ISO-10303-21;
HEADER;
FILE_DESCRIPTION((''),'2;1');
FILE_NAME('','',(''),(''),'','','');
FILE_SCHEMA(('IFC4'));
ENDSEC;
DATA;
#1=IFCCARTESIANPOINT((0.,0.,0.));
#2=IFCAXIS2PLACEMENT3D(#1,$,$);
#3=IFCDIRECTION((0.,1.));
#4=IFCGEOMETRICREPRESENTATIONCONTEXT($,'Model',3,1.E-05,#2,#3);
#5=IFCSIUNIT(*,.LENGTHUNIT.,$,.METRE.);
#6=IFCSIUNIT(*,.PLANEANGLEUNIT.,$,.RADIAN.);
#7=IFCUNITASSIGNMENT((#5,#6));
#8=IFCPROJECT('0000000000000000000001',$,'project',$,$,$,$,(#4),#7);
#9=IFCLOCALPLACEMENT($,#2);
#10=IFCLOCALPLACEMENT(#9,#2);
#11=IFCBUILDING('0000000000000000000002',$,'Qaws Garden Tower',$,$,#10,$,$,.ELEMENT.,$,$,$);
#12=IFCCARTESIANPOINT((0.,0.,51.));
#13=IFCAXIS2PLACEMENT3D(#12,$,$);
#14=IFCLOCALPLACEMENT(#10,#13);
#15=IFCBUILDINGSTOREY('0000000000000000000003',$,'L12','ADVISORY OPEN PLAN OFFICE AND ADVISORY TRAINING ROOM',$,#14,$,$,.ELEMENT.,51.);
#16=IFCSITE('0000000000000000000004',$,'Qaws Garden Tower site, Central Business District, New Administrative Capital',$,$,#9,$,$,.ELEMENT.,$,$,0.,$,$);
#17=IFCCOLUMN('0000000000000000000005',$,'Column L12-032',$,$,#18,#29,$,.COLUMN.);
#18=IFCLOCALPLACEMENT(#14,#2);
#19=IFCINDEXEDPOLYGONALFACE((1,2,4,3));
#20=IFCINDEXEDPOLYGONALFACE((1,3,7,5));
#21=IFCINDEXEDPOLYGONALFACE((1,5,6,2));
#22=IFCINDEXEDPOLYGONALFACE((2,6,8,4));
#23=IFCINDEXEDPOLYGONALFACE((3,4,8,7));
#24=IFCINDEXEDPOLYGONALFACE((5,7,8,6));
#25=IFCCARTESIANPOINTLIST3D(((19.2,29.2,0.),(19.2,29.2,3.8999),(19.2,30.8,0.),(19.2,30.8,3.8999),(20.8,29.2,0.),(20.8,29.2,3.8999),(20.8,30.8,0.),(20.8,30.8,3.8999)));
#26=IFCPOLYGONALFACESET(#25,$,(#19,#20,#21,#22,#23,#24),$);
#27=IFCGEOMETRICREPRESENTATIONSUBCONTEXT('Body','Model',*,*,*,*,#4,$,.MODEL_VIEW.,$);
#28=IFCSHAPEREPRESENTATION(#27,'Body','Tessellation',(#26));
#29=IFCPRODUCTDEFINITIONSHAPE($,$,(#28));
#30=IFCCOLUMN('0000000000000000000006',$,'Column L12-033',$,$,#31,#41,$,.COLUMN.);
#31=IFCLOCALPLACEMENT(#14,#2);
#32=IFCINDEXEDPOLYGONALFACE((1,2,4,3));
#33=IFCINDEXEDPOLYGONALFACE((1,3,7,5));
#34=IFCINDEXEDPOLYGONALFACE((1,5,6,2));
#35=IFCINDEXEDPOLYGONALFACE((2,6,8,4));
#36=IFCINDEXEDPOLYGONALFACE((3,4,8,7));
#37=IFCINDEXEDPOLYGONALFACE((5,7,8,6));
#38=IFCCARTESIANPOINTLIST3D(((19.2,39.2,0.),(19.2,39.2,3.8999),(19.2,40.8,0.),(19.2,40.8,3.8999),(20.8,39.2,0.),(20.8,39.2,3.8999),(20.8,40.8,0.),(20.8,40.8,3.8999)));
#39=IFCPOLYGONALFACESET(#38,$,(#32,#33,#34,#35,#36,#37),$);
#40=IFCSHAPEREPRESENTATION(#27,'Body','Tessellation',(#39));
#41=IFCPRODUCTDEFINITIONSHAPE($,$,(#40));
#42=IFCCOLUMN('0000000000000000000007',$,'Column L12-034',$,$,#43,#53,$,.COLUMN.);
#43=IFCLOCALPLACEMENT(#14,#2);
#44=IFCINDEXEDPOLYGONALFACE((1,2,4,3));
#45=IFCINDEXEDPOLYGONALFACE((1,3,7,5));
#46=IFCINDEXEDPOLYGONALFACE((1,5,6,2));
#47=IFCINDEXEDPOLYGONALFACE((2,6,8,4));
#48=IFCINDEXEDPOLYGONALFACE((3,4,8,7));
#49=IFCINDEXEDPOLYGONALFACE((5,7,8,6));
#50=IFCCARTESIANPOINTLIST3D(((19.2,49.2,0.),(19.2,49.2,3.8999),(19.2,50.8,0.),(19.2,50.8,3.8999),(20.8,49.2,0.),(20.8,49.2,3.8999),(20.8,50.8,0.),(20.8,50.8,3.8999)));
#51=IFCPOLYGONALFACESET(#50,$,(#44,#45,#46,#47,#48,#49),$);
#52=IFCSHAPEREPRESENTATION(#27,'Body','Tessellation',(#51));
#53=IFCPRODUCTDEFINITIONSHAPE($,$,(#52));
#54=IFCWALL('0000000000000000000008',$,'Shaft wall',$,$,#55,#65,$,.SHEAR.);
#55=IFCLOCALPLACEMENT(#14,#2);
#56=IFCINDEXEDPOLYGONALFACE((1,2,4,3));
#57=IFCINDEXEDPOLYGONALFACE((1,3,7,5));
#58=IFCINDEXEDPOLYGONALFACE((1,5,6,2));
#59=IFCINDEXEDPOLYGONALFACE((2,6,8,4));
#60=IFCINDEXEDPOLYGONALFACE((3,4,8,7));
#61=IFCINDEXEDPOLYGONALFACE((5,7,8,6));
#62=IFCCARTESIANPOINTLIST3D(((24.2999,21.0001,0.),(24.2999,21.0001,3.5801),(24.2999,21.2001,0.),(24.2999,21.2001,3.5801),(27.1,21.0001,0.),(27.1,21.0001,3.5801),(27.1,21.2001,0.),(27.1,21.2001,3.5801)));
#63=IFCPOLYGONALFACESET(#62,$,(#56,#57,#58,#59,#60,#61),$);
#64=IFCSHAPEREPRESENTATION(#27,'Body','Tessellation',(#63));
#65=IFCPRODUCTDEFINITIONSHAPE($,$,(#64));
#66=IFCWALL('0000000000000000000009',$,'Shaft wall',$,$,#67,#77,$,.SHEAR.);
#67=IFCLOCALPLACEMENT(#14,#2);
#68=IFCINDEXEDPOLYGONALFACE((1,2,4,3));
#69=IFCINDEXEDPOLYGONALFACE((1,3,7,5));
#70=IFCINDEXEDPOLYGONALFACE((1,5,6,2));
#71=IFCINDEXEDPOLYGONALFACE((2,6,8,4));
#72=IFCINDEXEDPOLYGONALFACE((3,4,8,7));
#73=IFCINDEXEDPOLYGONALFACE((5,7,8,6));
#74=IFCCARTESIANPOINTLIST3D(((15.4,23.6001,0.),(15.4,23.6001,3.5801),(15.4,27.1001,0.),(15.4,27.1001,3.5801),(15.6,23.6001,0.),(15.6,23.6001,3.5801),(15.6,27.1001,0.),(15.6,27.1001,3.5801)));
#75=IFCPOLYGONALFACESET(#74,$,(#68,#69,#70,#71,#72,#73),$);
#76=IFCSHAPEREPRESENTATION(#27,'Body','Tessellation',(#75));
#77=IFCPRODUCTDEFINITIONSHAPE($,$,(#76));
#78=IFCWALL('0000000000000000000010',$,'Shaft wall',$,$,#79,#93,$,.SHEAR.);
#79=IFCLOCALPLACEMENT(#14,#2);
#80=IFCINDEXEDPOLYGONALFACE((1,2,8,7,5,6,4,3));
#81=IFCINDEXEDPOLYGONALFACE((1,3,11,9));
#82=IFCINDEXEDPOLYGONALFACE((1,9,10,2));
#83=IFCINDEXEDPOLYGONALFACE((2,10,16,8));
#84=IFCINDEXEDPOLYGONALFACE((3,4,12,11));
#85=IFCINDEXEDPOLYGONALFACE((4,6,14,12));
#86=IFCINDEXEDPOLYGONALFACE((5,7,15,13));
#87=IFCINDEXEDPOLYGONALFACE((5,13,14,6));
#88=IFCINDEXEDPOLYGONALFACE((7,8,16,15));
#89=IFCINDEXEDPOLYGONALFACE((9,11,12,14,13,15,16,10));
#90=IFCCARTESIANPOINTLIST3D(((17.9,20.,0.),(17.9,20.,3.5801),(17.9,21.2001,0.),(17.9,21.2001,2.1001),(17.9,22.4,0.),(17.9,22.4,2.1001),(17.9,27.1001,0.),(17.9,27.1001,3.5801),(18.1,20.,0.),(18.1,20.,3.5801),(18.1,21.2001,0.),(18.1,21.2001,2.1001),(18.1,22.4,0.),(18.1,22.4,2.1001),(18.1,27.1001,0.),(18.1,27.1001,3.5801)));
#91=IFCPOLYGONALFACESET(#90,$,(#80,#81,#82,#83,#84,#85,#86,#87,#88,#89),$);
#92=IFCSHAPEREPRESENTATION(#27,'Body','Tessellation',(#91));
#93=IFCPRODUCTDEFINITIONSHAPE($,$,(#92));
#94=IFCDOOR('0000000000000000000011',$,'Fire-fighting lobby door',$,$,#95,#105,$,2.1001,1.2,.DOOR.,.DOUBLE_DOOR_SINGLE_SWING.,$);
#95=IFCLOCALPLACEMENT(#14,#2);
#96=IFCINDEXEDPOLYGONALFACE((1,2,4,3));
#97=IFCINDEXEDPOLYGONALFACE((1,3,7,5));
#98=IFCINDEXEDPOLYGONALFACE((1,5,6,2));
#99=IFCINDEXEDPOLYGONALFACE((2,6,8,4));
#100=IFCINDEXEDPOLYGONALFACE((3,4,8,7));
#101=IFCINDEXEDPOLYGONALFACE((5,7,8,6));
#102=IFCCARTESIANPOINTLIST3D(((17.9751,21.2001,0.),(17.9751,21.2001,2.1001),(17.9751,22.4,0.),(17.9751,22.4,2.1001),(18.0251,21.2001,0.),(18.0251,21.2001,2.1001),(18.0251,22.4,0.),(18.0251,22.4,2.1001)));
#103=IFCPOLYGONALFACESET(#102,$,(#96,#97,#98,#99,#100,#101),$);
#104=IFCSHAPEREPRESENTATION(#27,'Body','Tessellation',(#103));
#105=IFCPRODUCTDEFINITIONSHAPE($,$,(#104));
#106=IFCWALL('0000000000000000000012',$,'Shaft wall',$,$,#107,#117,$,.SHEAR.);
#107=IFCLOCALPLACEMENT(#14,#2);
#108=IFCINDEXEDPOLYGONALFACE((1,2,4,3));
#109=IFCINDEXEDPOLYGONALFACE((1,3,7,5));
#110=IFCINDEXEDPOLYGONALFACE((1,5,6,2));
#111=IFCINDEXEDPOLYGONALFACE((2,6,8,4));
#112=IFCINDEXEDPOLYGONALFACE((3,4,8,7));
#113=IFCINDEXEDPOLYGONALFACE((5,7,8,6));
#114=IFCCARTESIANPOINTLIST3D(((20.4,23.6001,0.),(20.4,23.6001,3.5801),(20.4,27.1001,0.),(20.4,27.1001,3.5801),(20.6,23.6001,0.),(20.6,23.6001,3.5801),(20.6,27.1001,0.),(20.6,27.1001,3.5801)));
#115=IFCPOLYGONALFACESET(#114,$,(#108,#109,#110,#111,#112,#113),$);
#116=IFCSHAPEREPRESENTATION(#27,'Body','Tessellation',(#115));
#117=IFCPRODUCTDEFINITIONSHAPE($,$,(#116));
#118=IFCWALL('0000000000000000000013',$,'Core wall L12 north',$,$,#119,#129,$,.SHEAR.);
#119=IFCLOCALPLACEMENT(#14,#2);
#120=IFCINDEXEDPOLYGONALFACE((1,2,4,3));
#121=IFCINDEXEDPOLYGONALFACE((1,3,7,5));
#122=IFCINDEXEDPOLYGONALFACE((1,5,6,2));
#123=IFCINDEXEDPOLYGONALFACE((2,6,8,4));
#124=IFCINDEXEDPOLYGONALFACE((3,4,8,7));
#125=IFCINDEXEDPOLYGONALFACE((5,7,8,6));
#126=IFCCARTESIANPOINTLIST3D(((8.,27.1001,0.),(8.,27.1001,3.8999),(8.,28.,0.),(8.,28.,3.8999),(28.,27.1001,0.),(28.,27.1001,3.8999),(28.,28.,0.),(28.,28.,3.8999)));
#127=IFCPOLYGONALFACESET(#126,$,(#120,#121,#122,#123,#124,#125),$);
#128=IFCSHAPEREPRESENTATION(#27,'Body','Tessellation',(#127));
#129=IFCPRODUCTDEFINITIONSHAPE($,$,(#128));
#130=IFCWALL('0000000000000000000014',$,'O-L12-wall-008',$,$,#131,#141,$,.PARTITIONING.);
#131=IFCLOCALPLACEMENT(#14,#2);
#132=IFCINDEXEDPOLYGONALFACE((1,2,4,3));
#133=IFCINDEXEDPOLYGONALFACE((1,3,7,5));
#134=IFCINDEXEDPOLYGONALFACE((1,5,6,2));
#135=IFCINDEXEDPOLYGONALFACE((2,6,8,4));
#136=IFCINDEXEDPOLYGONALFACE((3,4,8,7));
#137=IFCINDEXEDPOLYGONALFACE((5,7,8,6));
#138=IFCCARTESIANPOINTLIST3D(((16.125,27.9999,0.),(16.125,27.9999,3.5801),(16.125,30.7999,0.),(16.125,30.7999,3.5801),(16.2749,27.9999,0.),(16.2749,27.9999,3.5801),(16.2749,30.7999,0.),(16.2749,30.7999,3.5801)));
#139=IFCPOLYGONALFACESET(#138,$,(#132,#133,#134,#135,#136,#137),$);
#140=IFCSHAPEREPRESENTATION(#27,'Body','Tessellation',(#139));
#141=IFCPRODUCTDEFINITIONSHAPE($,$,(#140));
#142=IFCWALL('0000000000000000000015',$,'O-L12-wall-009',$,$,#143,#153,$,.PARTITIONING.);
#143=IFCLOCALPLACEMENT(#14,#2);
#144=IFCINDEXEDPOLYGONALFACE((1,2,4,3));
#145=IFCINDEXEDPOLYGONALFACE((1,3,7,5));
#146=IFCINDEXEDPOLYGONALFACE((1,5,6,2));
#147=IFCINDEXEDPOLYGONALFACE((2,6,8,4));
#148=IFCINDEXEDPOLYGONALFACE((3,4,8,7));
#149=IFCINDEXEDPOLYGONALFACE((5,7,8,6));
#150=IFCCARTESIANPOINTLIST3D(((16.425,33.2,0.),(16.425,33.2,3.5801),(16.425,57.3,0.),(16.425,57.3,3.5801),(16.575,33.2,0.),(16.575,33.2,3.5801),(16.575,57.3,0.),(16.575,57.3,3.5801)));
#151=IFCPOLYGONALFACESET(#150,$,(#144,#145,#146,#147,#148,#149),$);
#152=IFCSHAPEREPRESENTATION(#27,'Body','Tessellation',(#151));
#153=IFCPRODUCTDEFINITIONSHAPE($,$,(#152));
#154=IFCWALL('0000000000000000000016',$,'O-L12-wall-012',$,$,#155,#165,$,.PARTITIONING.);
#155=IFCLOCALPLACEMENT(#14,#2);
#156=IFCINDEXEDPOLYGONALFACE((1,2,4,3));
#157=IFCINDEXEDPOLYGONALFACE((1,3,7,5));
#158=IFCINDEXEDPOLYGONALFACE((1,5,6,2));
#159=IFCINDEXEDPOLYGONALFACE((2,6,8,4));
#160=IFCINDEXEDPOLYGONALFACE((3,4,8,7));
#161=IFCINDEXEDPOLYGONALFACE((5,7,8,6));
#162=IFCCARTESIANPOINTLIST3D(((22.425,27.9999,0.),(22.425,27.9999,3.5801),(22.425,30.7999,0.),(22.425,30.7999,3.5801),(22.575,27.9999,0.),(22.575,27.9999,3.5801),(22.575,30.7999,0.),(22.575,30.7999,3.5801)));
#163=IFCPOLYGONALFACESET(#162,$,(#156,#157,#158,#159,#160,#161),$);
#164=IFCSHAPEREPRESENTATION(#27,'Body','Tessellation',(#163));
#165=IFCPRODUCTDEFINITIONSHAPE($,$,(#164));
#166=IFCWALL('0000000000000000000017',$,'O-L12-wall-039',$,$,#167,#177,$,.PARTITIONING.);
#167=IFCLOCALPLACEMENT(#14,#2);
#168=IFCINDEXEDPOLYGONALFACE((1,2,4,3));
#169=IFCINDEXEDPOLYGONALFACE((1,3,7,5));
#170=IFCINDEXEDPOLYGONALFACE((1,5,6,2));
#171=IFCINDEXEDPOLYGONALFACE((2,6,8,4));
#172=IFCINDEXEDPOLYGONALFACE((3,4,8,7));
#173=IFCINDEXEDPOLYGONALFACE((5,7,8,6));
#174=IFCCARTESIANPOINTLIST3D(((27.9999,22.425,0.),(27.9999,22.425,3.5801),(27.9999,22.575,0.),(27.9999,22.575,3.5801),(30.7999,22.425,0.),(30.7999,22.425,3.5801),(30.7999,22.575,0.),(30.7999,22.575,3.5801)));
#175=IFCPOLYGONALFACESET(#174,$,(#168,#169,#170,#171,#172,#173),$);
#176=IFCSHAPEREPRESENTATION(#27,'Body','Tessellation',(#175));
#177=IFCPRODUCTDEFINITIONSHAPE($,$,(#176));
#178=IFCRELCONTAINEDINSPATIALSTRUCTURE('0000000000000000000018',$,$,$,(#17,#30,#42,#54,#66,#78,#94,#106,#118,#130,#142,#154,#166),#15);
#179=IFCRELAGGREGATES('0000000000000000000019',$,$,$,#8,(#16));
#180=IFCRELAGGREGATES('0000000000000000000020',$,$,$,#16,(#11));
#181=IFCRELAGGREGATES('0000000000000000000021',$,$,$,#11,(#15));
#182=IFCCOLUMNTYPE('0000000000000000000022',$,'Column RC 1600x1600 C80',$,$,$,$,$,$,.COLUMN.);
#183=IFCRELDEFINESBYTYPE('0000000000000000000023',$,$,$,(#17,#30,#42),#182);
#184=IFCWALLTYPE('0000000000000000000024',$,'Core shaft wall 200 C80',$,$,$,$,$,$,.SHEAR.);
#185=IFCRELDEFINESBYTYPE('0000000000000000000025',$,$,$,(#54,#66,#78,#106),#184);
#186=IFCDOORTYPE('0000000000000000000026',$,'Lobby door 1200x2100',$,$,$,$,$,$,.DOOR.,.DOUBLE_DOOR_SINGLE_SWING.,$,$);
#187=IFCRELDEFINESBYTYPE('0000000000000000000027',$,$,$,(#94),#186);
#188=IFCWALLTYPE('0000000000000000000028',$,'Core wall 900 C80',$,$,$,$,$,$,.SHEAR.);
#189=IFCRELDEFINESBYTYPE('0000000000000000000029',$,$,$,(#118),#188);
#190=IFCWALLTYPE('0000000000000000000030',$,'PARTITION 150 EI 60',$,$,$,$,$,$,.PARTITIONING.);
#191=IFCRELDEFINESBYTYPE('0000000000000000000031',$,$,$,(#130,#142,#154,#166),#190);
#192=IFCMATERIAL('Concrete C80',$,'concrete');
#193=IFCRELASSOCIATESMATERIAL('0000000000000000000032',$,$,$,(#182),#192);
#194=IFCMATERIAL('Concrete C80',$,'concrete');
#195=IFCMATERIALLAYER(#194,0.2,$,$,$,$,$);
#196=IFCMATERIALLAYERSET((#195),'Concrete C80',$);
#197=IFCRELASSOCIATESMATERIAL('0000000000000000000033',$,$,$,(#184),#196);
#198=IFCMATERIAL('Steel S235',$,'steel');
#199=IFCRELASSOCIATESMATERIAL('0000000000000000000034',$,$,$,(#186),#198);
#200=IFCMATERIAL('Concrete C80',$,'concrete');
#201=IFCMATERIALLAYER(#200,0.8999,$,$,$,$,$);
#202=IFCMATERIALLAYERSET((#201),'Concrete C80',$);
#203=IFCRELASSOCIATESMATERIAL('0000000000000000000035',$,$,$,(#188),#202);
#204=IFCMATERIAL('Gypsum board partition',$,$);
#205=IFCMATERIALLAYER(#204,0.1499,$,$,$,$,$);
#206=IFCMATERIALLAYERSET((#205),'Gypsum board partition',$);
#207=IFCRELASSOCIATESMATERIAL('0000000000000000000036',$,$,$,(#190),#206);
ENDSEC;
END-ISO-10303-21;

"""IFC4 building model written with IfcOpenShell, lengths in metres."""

from ifc_helpers import new_model, si_unit, direction, frame, frame_2d, origin, origin_2d, place, context, subcontext, project, spatial, rectangle, extrude, material, layer, layer_set, material_profile, profile_set, type_object, element, fill, save


model = new_model("IFC4")

# Units and contexts
model_context = context("Model", 3, precision=1e-05, world=origin(), true_north=direction((0.0, 1.0)))
body_context = subcontext(model_context, "Body", "Model", "MODEL_VIEW")
ifc_project = project(units=[si_unit("LENGTHUNIT", "METRE"), si_unit("PLANEANGLEUNIT", "RADIAN")], contexts=[model_context])

# Site, building, storey
site_placement = place(None, origin())
site = spatial("IfcSite", under=ifc_project, at=site_placement, Name="Qaws Garden Tower site, Central Business District, New Administrative Capital", CompositionType="ELEMENT", RefElevation=0.0)
building_placement = place(site_placement, origin())
building = spatial("IfcBuilding", under=site, at=building_placement, Name="Qaws Garden Tower", CompositionType="ELEMENT")
storey_placement = place(building_placement, frame((0.0, 0.0, 51.0)))
storey = spatial("IfcBuildingStorey", under=building, at=storey_placement, Name="L12", Description="ADVISORY OPEN PLAN OFFICE AND ADVISORY TRAINING ROOM", CompositionType="ELEMENT", Elevation=51.0)

# Columns
ifc_material_1 = material(Name="Concrete C80", Category="concrete")
ifc_material_profile = material_profile(ifc_material_1, rectangle(XDim=1.6001, YDim=1.6001, at=origin_2d()), Name="RC 1600x1600")
ifc_profile_set = profile_set([ifc_material_profile], Name="Concrete C80")
column_type = type_object("IfcColumnType", Name="Column RC 1600x1600 C80", PredefinedType="COLUMN", material=ifc_profile_set)
for number, where, z_axis, x_axis, name in (
    (1, (20.0, 30.0, 0.0), (0.0, 0.0, 1.0), (1.0, 0.0, 0.0), "Column L12-032"),
    (2, (20.0, 40.0, 0.0), (0.0, 0.0, 1.0), (1.0, 0.0, 0.0), "Column L12-033"),
    (3, (20.0, 50.0, 0.0), (0.0, 0.0, 1.0), (1.0, 0.0, 0.0), "Column L12-034"),
):
    element("IfcColumn", number, at=place(storey_placement, frame(where, z_axis=z_axis, x_axis=x_axis)), inside=storey, type_object=column_type, Name=name, PredefinedType="COLUMN", context=body_context, shape_type="SweptSolid", body=[
        extrude(rectangle(XDim=1.6001, YDim=1.6001, at=origin_2d()), origin(), (0.0, 0.0, 1.0), 3.8999),
    ])

# Walls
ifc_material_2 = material(Name="Concrete C80", Category="concrete")
ifc_layer_1 = layer(ifc_material_2, 0.2)
ifc_layer_set_1 = layer_set([ifc_layer_1], Name="Concrete C80")
wall_type_1 = type_object("IfcWallType", Name="Core shaft wall 200 C80", PredefinedType="SHEAR", material=ifc_layer_set_1)
wall_1_placement = place(storey_placement, frame((24.3, 21.1001, 0.0), z_axis=(0.0, 0.0, 1.0), x_axis=(1.0, 0.0, 0.0)))
element("IfcWall", 4, at=wall_1_placement, inside=storey, type_object=wall_type_1, Name="Shaft wall", PredefinedType="SHEAR", context=body_context, shape_type="SweptSolid", body=[
    extrude(rectangle(XDim=2.8, YDim=0.2, at=frame_2d((1.3999, 0.0))), origin(), (0.0, 0.0, 1.0), 3.5801),
])
wall_2_placement = place(storey_placement, frame((15.5, 23.6001, 0.0), z_axis=(0.0, 0.0, 1.0), x_axis=(0.0, 1.0, 0.0)))
element("IfcWall", 5, at=wall_2_placement, inside=storey, type_object=wall_type_1, Name="Shaft wall", PredefinedType="SHEAR", context=body_context, shape_type="SweptSolid", body=[
    extrude(rectangle(XDim=3.5, YDim=0.2, at=frame_2d((1.75, 0.0))), origin(), (0.0, 0.0, 1.0), 3.5801),
])

# Wall, opening, door
wall_3_placement = place(storey_placement, frame((18.0, 20.0, 0.0), z_axis=(0.0, 0.0, 1.0), x_axis=(0.0, 1.0, 0.0)))
wall_3 = element("IfcWall", 6, at=wall_3_placement, inside=storey, type_object=wall_type_1, Name="Shaft wall", PredefinedType="SHEAR", context=body_context, shape_type="SweptSolid", body=[
    extrude(rectangle(XDim=7.1001, YDim=0.2, at=frame_2d((3.55, 0.0))), origin(), (0.0, 0.0, 1.0), 3.5801),
])
opening_1_placement = place(wall_3_placement, frame((1.2, 0.0, 0.0)))
opening_1 = element("IfcOpeningElement", 7, at=opening_1_placement, cuts=wall_3, PredefinedType="OPENING", context=body_context, shape_type="SweptSolid", body=[
    extrude(rectangle(XDim=1.2, YDim=2.1001, at=frame_2d((0.6001, 1.05))), frame((0.0, 0.1099, 0.0), z_axis=(0.0, -1.0, 0.0), x_axis=(1.0, 0.0, 0.0)), (0.0, 0.0, 1.0), 0.22),
])
ifc_material_3 = material(Name="Steel S235", Category="steel")
door_type_1 = type_object("IfcDoorType", Name="Lobby door 1200x2100", OperationType="DOUBLE_DOOR_SINGLE_SWING", PredefinedType="DOOR", material=ifc_material_3)
door_1_placement = place(opening_1_placement, origin())
door_1 = element("IfcDoor", 8, at=door_1_placement, inside=storey, type_object=door_type_1, Name="Fire-fighting lobby door", OperationType="DOUBLE_DOOR_SINGLE_SWING", OverallHeight=2.1001, OverallWidth=1.2, PredefinedType="DOOR", context=body_context, shape_type="SweptSolid", body=[
    extrude(rectangle(XDim=1.2, YDim=2.1001, at=frame_2d((0.6001, 1.05))), frame((0.0, 0.0249, 0.0), z_axis=(0.0, -1.0, 0.0), x_axis=(1.0, 0.0, 0.0)), (0.0, 0.0, 1.0), 0.05),
])
fill(opening_1, door_1)

# Walls
wall_4_placement = place(storey_placement, frame((20.5, 23.6001, 0.0), z_axis=(0.0, 0.0, 1.0), x_axis=(0.0, 1.0, 0.0)))
element("IfcWall", 9, at=wall_4_placement, inside=storey, type_object=wall_type_1, Name="Shaft wall", PredefinedType="SHEAR", context=body_context, shape_type="SweptSolid", body=[
    extrude(rectangle(XDim=3.5, YDim=0.2, at=frame_2d((1.75, 0.0))), origin(), (0.0, 0.0, 1.0), 3.5801),
])
ifc_material_4 = material(Name="Concrete C80", Category="concrete")
ifc_layer_2 = layer(ifc_material_4, 0.8999)
ifc_layer_set_2 = layer_set([ifc_layer_2], Name="Concrete C80")
wall_type_2 = type_object("IfcWallType", Name="Core wall 900 C80", PredefinedType="SHEAR", material=ifc_layer_set_2)
wall_5_placement = place(storey_placement, frame((28.0, 27.55, 0.0), z_axis=(0.0, 0.0, 1.0), x_axis=(-1.0, 0.0, 0.0)))
element("IfcWall", 10, at=wall_5_placement, inside=storey, type_object=wall_type_2, Name="Core wall L12 north", PredefinedType="SHEAR", context=body_context, shape_type="SweptSolid", body=[
    extrude(rectangle(XDim=20.0, YDim=0.8999, at=frame_2d((10.0, 0.0))), origin(), (0.0, 0.0, 1.0), 3.8999),
])
ifc_material_5 = material(Name="Gypsum board partition")
ifc_layer_3 = layer(ifc_material_5, 0.1499)
ifc_layer_set_3 = layer_set([ifc_layer_3], Name="Gypsum board partition")
wall_type_3 = type_object("IfcWallType", Name="PARTITION 150 EI 60", PredefinedType="PARTITIONING", material=ifc_layer_set_3)
wall_6_placement = place(storey_placement, frame((16.2, 28.0, 0.0), z_axis=(0.0, 0.0, 1.0), x_axis=(0.0, 1.0, 0.0)))
element("IfcWall", 11, at=wall_6_placement, inside=storey, type_object=wall_type_3, Name="O-L12-wall-008", PredefinedType="PARTITIONING", context=body_context, shape_type="SweptSolid", body=[
    extrude(rectangle(XDim=2.8, YDim=0.1499, at=frame_2d((1.3999, 0.0))), origin(), (0.0, 0.0, 1.0), 3.5801),
])
wall_7_placement = place(storey_placement, frame((16.5, 33.2, 0.0), z_axis=(0.0, 0.0, 1.0), x_axis=(0.0, 1.0, 0.0)))
element("IfcWall", 12, at=wall_7_placement, inside=storey, type_object=wall_type_3, Name="O-L12-wall-009", PredefinedType="PARTITIONING", context=body_context, shape_type="SweptSolid", body=[
    extrude(rectangle(XDim=24.1001, YDim=0.1499, at=frame_2d((12.05, 0.0))), origin(), (0.0, 0.0, 1.0), 3.5801),
])
for number, where, z_axis, x_axis, name in (
    (13, (22.5, 28.0, 0.0), (0.0, 0.0, 1.0), (0.0, 1.0, 0.0), "O-L12-wall-012"),
    (14, (28.0, 22.5, 0.0), (0.0, 0.0, 1.0), (1.0, 0.0, 0.0), "O-L12-wall-039"),
):
    element("IfcWall", number, at=place(storey_placement, frame(where, z_axis=z_axis, x_axis=x_axis)), inside=storey, type_object=wall_type_3, Name=name, PredefinedType="PARTITIONING", context=body_context, shape_type="SweptSolid", body=[
        extrude(rectangle(XDim=2.8, YDim=0.1499, at=frame_2d((1.3999, 0.0))), origin(), (0.0, 0.0, 1.0), 3.5801),
    ])

save(model, "model.ifc")
